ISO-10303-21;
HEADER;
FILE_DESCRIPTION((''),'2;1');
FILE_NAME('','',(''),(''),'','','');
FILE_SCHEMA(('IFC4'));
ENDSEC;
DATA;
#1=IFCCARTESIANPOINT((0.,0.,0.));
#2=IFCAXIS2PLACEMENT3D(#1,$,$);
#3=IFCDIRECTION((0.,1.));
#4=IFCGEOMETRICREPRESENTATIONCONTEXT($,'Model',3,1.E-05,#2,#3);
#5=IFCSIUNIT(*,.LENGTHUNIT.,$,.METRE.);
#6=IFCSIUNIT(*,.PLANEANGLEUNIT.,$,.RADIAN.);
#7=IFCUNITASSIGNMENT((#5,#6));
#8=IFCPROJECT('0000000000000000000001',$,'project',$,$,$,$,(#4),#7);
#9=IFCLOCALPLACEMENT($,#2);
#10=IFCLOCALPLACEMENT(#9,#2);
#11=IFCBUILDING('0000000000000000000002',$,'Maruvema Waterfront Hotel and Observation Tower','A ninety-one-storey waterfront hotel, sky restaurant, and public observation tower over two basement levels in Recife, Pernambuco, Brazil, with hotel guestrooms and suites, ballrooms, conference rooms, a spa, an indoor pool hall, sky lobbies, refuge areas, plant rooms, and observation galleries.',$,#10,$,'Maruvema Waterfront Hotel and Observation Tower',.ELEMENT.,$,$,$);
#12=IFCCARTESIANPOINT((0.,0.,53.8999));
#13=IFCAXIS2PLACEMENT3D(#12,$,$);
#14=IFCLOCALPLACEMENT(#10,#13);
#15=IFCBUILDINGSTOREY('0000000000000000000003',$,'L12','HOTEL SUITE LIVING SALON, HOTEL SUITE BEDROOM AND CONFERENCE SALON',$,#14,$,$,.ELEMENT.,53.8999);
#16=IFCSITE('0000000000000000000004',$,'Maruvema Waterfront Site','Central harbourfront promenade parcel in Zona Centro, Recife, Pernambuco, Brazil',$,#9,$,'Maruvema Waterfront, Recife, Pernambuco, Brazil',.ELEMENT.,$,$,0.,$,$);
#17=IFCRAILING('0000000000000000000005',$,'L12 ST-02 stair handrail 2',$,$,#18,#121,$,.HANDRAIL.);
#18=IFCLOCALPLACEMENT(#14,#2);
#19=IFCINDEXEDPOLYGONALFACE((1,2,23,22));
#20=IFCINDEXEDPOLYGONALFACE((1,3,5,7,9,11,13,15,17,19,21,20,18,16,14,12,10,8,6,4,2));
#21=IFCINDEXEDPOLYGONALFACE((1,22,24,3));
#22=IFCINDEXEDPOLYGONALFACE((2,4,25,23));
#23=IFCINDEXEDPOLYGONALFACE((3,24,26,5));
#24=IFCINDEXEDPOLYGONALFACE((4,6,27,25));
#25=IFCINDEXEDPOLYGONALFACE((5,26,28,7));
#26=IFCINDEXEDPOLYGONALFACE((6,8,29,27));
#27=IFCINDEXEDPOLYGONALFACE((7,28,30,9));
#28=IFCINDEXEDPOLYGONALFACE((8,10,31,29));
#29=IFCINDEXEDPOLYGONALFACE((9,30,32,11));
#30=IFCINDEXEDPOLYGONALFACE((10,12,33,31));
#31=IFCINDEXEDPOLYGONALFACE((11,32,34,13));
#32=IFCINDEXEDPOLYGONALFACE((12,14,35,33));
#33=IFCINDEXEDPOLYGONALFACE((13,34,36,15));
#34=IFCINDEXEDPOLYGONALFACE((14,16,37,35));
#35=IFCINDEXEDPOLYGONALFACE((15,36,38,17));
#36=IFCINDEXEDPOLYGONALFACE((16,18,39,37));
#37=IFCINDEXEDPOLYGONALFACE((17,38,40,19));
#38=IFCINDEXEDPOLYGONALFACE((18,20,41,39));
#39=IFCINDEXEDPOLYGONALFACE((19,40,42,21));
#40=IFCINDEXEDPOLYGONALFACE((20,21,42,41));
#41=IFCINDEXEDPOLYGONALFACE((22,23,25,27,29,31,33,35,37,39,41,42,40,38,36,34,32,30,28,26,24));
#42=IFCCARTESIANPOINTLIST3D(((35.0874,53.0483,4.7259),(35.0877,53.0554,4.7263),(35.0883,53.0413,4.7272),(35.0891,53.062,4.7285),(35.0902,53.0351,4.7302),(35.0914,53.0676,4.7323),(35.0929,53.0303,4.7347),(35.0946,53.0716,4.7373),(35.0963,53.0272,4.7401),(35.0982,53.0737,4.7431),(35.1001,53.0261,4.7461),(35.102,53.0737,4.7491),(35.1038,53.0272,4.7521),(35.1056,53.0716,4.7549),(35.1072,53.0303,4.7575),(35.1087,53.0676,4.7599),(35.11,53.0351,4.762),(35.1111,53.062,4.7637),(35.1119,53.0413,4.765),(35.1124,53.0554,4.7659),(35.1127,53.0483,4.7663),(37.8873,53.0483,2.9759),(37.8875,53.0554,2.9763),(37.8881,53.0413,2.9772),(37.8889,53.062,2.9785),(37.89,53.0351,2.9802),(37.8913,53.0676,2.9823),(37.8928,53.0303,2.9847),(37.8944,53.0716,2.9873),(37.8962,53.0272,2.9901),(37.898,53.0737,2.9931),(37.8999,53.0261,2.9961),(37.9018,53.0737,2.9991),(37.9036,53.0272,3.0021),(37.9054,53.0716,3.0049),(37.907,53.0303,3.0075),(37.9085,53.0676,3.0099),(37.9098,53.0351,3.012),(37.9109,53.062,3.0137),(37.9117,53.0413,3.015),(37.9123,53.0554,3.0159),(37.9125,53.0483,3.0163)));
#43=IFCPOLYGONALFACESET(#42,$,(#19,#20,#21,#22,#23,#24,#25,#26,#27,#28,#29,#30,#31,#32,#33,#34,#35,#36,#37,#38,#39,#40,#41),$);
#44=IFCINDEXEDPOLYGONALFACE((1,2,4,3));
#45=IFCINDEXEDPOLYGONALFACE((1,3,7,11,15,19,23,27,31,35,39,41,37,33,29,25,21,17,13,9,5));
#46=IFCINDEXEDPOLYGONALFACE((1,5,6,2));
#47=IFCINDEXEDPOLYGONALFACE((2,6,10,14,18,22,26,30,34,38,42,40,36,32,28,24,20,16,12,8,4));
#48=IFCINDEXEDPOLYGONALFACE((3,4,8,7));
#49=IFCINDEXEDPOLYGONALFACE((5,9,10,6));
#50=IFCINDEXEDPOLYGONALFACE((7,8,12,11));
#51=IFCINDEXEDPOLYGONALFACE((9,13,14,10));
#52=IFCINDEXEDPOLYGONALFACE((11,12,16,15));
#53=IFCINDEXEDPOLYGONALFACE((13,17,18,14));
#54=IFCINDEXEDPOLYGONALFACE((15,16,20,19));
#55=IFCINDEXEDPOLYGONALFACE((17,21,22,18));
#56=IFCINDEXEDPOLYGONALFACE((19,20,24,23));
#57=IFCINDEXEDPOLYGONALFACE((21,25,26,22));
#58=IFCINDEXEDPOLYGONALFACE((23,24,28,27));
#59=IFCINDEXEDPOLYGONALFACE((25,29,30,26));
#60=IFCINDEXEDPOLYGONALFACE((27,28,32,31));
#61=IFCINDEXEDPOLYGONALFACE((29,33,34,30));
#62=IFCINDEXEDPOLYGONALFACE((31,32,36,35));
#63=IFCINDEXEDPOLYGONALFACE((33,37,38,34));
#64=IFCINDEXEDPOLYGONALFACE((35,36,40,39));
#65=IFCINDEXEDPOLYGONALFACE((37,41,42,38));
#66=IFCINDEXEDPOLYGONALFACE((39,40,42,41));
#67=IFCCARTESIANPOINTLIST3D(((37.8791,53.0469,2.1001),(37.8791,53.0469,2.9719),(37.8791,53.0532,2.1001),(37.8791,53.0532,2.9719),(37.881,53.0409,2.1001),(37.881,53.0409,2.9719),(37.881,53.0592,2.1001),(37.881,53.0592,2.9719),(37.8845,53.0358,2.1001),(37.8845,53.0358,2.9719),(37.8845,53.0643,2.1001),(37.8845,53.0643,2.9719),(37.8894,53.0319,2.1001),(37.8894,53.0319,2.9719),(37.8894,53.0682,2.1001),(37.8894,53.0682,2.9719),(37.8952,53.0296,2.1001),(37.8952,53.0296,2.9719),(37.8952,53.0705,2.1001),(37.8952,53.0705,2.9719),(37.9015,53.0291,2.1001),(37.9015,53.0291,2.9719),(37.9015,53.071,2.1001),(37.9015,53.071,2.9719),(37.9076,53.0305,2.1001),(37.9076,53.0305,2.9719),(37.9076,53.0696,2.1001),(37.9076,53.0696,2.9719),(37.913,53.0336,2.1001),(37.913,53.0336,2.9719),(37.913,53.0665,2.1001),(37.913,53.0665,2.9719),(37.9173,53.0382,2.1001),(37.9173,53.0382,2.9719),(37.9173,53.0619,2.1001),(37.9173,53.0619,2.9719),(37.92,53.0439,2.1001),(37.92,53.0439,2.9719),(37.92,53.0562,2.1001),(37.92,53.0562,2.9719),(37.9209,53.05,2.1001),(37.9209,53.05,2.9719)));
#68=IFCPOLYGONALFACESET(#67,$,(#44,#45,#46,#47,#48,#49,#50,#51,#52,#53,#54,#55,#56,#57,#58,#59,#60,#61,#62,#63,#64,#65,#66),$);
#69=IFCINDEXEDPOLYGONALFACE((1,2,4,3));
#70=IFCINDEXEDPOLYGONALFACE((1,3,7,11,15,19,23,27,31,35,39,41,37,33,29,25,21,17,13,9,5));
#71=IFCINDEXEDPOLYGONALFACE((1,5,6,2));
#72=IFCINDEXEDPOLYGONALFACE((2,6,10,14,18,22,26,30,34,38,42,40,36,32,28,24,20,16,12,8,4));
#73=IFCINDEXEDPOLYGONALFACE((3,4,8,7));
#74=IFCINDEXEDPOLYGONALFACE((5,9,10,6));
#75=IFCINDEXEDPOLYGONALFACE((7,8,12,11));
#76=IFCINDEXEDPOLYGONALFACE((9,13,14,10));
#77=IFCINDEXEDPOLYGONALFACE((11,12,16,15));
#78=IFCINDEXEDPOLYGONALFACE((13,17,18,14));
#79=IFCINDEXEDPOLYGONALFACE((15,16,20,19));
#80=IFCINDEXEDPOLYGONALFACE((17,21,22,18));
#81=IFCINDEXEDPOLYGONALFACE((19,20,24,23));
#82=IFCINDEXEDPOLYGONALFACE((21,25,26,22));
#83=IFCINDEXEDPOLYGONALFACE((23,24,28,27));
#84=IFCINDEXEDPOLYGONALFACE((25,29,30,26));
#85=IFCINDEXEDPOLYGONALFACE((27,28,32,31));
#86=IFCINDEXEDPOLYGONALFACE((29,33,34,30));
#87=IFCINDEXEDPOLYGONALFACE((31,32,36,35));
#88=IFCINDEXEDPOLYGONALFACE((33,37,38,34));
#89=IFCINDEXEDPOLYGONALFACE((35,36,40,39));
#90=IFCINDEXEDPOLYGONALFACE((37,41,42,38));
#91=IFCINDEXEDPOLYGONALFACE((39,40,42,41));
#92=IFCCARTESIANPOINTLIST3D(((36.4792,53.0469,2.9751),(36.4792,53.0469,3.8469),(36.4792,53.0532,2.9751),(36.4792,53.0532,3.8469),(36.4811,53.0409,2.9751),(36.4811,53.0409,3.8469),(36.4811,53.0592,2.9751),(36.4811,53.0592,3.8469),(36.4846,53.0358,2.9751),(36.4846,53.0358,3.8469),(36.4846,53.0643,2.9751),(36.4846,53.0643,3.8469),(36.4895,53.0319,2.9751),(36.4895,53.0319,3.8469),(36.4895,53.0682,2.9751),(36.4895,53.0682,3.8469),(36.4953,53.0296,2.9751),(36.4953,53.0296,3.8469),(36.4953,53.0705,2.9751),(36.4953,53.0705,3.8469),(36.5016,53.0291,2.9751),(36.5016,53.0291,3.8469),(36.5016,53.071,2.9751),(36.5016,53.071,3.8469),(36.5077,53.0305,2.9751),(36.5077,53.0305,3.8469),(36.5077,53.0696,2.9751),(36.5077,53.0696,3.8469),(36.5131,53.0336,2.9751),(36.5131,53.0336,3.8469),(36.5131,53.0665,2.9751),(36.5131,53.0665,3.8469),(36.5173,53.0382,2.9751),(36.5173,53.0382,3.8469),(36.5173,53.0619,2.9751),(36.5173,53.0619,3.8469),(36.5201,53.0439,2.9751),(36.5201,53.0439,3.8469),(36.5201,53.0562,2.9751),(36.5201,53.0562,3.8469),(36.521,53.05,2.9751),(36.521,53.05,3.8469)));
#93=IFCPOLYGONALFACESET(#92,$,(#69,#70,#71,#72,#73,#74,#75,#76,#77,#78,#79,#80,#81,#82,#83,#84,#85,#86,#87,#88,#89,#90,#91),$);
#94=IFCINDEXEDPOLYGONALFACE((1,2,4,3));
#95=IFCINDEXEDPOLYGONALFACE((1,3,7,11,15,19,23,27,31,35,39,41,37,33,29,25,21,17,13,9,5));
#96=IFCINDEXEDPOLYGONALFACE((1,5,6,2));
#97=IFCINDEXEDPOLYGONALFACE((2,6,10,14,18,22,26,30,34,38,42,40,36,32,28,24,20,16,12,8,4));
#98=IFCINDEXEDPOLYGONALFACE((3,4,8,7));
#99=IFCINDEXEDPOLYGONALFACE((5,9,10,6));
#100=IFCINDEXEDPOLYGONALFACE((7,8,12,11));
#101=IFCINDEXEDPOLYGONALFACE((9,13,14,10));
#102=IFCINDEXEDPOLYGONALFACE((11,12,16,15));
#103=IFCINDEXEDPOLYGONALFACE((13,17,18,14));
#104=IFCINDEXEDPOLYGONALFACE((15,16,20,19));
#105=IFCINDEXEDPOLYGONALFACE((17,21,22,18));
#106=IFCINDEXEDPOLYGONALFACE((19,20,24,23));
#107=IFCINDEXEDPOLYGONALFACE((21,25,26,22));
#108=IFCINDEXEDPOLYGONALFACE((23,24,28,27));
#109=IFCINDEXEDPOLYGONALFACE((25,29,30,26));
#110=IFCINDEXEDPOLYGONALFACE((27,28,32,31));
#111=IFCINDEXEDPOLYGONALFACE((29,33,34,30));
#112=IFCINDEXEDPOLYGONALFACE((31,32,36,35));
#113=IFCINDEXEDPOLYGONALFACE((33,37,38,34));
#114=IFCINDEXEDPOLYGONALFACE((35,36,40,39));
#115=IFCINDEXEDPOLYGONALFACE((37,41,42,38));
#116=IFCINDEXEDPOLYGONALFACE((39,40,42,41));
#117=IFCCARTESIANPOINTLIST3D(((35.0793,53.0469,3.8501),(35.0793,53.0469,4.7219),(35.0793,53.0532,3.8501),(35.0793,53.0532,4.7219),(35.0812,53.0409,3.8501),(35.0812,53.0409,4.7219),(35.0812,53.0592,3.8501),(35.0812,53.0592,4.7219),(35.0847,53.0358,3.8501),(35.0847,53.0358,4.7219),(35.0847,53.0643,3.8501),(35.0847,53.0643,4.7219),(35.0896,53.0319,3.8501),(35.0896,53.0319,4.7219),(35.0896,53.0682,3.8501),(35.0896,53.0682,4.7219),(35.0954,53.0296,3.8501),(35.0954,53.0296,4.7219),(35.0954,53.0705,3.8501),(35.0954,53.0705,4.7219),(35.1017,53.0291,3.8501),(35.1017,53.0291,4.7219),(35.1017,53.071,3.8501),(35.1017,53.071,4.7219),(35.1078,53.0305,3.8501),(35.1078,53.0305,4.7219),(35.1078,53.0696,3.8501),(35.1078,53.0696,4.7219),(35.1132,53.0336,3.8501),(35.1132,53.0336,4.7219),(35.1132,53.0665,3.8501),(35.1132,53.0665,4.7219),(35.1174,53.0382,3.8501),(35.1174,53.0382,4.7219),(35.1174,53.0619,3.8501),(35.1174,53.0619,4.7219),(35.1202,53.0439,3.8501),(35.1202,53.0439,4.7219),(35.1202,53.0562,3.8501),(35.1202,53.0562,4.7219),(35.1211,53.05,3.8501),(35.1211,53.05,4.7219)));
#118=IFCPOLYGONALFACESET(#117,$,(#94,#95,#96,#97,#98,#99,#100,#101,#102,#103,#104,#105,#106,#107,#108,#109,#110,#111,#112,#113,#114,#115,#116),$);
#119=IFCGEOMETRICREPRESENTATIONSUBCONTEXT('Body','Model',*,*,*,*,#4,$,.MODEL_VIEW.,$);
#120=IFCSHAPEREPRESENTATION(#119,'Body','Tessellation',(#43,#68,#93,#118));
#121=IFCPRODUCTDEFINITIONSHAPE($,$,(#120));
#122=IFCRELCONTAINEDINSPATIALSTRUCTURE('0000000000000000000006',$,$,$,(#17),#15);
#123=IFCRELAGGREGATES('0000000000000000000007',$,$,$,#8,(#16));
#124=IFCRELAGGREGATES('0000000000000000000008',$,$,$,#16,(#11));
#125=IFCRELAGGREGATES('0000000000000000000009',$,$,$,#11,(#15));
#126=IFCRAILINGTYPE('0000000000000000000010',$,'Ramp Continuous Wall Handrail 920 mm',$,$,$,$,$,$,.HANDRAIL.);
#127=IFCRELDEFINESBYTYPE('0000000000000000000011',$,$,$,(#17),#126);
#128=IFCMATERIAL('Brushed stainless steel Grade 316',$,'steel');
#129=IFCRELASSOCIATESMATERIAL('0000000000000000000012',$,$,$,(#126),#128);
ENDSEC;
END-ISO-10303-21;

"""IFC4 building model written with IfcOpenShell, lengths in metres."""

from ifc_helpers import new_model, si_unit, direction, frame, origin, origin_2d, place, context, subcontext, project, spatial, circle, extrude, material, type_object, element, save


model = new_model("IFC4")

# Units and contexts
model_context = context("Model", 3, precision=1e-05, world=origin(), true_north=direction((0.0, 1.0)))
body_context = subcontext(model_context, "Body", "Model", "MODEL_VIEW")
ifc_project = project(units=[si_unit("LENGTHUNIT", "METRE"), si_unit("PLANEANGLEUNIT", "RADIAN")], contexts=[model_context])

# Site, building, storey
site_placement = place(None, origin())
site = spatial("IfcSite", under=ifc_project, at=site_placement, Name="Maruvema Waterfront Site", Description="Central harbourfront promenade parcel in Zona Centro, Recife, Pernambuco, Brazil", LongName="Maruvema Waterfront, Recife, Pernambuco, Brazil", CompositionType="ELEMENT", RefElevation=0.0)
building_placement = place(site_placement, origin())
building = spatial("IfcBuilding", under=site, at=building_placement, Name="Maruvema Waterfront Hotel and Observation Tower", Description="A ninety-one-storey waterfront hotel, sky restaurant, and public observation tower over two basement levels in Recife, Pernambuco, Brazil, with hotel guestrooms and suites, ballrooms, conference rooms, a spa, an indoor pool hall, sky lobbies, refuge areas, plant rooms, and observation galleries.", LongName="Maruvema Waterfront Hotel and Observation Tower", CompositionType="ELEMENT")
storey_placement = place(building_placement, frame((0.0, 0.0, 53.8999)))
storey = spatial("IfcBuildingStorey", under=building, at=storey_placement, Name="L12", Description="HOTEL SUITE LIVING SALON, HOTEL SUITE BEDROOM AND CONFERENCE SALON", CompositionType="ELEMENT", Elevation=53.8999)

# Railing
ifc_material_1 = material(Name="Brushed stainless steel Grade 316", Category="steel")
railing_type_1 = type_object("IfcRailingType", Name="Ramp Continuous Wall Handrail 920 mm", PredefinedType="HANDRAIL", material=ifc_material_1)
railing_1_placement = place(storey_placement, frame((37.8999, 53.05, 2.1001)))
element("IfcRailing", 1, at=railing_1_placement, inside=storey, type_object=railing_type_1, Name="L12 ST-02 stair handrail 2", PredefinedType="HANDRAIL", context=body_context, shape_type="SweptSolid", body=[
    extrude(circle(Radius=0.0239, at=origin_2d()), frame((0.0, 0.0, 0.896), z_axis=(-0.847982, 0.0, 0.530026), x_axis=(0.0, -1.0, 0.0)), (0.0, 0.0, 1.0), 3.3018),
    extrude(circle(Radius=0.021, at=origin_2d()), origin(), (0.0, 0.0, 1.0), 0.8718),
    extrude(circle(Radius=0.021, at=origin_2d()), frame((-1.3999, 0.0, 0.875)), (0.0, 0.0, 1.0), 0.8718),
    extrude(circle(Radius=0.021, at=origin_2d()), frame((-2.7998, 0.0, 1.75)), (0.0, 0.0, 1.0), 0.8718),
])

save(model, "model.ifc")
